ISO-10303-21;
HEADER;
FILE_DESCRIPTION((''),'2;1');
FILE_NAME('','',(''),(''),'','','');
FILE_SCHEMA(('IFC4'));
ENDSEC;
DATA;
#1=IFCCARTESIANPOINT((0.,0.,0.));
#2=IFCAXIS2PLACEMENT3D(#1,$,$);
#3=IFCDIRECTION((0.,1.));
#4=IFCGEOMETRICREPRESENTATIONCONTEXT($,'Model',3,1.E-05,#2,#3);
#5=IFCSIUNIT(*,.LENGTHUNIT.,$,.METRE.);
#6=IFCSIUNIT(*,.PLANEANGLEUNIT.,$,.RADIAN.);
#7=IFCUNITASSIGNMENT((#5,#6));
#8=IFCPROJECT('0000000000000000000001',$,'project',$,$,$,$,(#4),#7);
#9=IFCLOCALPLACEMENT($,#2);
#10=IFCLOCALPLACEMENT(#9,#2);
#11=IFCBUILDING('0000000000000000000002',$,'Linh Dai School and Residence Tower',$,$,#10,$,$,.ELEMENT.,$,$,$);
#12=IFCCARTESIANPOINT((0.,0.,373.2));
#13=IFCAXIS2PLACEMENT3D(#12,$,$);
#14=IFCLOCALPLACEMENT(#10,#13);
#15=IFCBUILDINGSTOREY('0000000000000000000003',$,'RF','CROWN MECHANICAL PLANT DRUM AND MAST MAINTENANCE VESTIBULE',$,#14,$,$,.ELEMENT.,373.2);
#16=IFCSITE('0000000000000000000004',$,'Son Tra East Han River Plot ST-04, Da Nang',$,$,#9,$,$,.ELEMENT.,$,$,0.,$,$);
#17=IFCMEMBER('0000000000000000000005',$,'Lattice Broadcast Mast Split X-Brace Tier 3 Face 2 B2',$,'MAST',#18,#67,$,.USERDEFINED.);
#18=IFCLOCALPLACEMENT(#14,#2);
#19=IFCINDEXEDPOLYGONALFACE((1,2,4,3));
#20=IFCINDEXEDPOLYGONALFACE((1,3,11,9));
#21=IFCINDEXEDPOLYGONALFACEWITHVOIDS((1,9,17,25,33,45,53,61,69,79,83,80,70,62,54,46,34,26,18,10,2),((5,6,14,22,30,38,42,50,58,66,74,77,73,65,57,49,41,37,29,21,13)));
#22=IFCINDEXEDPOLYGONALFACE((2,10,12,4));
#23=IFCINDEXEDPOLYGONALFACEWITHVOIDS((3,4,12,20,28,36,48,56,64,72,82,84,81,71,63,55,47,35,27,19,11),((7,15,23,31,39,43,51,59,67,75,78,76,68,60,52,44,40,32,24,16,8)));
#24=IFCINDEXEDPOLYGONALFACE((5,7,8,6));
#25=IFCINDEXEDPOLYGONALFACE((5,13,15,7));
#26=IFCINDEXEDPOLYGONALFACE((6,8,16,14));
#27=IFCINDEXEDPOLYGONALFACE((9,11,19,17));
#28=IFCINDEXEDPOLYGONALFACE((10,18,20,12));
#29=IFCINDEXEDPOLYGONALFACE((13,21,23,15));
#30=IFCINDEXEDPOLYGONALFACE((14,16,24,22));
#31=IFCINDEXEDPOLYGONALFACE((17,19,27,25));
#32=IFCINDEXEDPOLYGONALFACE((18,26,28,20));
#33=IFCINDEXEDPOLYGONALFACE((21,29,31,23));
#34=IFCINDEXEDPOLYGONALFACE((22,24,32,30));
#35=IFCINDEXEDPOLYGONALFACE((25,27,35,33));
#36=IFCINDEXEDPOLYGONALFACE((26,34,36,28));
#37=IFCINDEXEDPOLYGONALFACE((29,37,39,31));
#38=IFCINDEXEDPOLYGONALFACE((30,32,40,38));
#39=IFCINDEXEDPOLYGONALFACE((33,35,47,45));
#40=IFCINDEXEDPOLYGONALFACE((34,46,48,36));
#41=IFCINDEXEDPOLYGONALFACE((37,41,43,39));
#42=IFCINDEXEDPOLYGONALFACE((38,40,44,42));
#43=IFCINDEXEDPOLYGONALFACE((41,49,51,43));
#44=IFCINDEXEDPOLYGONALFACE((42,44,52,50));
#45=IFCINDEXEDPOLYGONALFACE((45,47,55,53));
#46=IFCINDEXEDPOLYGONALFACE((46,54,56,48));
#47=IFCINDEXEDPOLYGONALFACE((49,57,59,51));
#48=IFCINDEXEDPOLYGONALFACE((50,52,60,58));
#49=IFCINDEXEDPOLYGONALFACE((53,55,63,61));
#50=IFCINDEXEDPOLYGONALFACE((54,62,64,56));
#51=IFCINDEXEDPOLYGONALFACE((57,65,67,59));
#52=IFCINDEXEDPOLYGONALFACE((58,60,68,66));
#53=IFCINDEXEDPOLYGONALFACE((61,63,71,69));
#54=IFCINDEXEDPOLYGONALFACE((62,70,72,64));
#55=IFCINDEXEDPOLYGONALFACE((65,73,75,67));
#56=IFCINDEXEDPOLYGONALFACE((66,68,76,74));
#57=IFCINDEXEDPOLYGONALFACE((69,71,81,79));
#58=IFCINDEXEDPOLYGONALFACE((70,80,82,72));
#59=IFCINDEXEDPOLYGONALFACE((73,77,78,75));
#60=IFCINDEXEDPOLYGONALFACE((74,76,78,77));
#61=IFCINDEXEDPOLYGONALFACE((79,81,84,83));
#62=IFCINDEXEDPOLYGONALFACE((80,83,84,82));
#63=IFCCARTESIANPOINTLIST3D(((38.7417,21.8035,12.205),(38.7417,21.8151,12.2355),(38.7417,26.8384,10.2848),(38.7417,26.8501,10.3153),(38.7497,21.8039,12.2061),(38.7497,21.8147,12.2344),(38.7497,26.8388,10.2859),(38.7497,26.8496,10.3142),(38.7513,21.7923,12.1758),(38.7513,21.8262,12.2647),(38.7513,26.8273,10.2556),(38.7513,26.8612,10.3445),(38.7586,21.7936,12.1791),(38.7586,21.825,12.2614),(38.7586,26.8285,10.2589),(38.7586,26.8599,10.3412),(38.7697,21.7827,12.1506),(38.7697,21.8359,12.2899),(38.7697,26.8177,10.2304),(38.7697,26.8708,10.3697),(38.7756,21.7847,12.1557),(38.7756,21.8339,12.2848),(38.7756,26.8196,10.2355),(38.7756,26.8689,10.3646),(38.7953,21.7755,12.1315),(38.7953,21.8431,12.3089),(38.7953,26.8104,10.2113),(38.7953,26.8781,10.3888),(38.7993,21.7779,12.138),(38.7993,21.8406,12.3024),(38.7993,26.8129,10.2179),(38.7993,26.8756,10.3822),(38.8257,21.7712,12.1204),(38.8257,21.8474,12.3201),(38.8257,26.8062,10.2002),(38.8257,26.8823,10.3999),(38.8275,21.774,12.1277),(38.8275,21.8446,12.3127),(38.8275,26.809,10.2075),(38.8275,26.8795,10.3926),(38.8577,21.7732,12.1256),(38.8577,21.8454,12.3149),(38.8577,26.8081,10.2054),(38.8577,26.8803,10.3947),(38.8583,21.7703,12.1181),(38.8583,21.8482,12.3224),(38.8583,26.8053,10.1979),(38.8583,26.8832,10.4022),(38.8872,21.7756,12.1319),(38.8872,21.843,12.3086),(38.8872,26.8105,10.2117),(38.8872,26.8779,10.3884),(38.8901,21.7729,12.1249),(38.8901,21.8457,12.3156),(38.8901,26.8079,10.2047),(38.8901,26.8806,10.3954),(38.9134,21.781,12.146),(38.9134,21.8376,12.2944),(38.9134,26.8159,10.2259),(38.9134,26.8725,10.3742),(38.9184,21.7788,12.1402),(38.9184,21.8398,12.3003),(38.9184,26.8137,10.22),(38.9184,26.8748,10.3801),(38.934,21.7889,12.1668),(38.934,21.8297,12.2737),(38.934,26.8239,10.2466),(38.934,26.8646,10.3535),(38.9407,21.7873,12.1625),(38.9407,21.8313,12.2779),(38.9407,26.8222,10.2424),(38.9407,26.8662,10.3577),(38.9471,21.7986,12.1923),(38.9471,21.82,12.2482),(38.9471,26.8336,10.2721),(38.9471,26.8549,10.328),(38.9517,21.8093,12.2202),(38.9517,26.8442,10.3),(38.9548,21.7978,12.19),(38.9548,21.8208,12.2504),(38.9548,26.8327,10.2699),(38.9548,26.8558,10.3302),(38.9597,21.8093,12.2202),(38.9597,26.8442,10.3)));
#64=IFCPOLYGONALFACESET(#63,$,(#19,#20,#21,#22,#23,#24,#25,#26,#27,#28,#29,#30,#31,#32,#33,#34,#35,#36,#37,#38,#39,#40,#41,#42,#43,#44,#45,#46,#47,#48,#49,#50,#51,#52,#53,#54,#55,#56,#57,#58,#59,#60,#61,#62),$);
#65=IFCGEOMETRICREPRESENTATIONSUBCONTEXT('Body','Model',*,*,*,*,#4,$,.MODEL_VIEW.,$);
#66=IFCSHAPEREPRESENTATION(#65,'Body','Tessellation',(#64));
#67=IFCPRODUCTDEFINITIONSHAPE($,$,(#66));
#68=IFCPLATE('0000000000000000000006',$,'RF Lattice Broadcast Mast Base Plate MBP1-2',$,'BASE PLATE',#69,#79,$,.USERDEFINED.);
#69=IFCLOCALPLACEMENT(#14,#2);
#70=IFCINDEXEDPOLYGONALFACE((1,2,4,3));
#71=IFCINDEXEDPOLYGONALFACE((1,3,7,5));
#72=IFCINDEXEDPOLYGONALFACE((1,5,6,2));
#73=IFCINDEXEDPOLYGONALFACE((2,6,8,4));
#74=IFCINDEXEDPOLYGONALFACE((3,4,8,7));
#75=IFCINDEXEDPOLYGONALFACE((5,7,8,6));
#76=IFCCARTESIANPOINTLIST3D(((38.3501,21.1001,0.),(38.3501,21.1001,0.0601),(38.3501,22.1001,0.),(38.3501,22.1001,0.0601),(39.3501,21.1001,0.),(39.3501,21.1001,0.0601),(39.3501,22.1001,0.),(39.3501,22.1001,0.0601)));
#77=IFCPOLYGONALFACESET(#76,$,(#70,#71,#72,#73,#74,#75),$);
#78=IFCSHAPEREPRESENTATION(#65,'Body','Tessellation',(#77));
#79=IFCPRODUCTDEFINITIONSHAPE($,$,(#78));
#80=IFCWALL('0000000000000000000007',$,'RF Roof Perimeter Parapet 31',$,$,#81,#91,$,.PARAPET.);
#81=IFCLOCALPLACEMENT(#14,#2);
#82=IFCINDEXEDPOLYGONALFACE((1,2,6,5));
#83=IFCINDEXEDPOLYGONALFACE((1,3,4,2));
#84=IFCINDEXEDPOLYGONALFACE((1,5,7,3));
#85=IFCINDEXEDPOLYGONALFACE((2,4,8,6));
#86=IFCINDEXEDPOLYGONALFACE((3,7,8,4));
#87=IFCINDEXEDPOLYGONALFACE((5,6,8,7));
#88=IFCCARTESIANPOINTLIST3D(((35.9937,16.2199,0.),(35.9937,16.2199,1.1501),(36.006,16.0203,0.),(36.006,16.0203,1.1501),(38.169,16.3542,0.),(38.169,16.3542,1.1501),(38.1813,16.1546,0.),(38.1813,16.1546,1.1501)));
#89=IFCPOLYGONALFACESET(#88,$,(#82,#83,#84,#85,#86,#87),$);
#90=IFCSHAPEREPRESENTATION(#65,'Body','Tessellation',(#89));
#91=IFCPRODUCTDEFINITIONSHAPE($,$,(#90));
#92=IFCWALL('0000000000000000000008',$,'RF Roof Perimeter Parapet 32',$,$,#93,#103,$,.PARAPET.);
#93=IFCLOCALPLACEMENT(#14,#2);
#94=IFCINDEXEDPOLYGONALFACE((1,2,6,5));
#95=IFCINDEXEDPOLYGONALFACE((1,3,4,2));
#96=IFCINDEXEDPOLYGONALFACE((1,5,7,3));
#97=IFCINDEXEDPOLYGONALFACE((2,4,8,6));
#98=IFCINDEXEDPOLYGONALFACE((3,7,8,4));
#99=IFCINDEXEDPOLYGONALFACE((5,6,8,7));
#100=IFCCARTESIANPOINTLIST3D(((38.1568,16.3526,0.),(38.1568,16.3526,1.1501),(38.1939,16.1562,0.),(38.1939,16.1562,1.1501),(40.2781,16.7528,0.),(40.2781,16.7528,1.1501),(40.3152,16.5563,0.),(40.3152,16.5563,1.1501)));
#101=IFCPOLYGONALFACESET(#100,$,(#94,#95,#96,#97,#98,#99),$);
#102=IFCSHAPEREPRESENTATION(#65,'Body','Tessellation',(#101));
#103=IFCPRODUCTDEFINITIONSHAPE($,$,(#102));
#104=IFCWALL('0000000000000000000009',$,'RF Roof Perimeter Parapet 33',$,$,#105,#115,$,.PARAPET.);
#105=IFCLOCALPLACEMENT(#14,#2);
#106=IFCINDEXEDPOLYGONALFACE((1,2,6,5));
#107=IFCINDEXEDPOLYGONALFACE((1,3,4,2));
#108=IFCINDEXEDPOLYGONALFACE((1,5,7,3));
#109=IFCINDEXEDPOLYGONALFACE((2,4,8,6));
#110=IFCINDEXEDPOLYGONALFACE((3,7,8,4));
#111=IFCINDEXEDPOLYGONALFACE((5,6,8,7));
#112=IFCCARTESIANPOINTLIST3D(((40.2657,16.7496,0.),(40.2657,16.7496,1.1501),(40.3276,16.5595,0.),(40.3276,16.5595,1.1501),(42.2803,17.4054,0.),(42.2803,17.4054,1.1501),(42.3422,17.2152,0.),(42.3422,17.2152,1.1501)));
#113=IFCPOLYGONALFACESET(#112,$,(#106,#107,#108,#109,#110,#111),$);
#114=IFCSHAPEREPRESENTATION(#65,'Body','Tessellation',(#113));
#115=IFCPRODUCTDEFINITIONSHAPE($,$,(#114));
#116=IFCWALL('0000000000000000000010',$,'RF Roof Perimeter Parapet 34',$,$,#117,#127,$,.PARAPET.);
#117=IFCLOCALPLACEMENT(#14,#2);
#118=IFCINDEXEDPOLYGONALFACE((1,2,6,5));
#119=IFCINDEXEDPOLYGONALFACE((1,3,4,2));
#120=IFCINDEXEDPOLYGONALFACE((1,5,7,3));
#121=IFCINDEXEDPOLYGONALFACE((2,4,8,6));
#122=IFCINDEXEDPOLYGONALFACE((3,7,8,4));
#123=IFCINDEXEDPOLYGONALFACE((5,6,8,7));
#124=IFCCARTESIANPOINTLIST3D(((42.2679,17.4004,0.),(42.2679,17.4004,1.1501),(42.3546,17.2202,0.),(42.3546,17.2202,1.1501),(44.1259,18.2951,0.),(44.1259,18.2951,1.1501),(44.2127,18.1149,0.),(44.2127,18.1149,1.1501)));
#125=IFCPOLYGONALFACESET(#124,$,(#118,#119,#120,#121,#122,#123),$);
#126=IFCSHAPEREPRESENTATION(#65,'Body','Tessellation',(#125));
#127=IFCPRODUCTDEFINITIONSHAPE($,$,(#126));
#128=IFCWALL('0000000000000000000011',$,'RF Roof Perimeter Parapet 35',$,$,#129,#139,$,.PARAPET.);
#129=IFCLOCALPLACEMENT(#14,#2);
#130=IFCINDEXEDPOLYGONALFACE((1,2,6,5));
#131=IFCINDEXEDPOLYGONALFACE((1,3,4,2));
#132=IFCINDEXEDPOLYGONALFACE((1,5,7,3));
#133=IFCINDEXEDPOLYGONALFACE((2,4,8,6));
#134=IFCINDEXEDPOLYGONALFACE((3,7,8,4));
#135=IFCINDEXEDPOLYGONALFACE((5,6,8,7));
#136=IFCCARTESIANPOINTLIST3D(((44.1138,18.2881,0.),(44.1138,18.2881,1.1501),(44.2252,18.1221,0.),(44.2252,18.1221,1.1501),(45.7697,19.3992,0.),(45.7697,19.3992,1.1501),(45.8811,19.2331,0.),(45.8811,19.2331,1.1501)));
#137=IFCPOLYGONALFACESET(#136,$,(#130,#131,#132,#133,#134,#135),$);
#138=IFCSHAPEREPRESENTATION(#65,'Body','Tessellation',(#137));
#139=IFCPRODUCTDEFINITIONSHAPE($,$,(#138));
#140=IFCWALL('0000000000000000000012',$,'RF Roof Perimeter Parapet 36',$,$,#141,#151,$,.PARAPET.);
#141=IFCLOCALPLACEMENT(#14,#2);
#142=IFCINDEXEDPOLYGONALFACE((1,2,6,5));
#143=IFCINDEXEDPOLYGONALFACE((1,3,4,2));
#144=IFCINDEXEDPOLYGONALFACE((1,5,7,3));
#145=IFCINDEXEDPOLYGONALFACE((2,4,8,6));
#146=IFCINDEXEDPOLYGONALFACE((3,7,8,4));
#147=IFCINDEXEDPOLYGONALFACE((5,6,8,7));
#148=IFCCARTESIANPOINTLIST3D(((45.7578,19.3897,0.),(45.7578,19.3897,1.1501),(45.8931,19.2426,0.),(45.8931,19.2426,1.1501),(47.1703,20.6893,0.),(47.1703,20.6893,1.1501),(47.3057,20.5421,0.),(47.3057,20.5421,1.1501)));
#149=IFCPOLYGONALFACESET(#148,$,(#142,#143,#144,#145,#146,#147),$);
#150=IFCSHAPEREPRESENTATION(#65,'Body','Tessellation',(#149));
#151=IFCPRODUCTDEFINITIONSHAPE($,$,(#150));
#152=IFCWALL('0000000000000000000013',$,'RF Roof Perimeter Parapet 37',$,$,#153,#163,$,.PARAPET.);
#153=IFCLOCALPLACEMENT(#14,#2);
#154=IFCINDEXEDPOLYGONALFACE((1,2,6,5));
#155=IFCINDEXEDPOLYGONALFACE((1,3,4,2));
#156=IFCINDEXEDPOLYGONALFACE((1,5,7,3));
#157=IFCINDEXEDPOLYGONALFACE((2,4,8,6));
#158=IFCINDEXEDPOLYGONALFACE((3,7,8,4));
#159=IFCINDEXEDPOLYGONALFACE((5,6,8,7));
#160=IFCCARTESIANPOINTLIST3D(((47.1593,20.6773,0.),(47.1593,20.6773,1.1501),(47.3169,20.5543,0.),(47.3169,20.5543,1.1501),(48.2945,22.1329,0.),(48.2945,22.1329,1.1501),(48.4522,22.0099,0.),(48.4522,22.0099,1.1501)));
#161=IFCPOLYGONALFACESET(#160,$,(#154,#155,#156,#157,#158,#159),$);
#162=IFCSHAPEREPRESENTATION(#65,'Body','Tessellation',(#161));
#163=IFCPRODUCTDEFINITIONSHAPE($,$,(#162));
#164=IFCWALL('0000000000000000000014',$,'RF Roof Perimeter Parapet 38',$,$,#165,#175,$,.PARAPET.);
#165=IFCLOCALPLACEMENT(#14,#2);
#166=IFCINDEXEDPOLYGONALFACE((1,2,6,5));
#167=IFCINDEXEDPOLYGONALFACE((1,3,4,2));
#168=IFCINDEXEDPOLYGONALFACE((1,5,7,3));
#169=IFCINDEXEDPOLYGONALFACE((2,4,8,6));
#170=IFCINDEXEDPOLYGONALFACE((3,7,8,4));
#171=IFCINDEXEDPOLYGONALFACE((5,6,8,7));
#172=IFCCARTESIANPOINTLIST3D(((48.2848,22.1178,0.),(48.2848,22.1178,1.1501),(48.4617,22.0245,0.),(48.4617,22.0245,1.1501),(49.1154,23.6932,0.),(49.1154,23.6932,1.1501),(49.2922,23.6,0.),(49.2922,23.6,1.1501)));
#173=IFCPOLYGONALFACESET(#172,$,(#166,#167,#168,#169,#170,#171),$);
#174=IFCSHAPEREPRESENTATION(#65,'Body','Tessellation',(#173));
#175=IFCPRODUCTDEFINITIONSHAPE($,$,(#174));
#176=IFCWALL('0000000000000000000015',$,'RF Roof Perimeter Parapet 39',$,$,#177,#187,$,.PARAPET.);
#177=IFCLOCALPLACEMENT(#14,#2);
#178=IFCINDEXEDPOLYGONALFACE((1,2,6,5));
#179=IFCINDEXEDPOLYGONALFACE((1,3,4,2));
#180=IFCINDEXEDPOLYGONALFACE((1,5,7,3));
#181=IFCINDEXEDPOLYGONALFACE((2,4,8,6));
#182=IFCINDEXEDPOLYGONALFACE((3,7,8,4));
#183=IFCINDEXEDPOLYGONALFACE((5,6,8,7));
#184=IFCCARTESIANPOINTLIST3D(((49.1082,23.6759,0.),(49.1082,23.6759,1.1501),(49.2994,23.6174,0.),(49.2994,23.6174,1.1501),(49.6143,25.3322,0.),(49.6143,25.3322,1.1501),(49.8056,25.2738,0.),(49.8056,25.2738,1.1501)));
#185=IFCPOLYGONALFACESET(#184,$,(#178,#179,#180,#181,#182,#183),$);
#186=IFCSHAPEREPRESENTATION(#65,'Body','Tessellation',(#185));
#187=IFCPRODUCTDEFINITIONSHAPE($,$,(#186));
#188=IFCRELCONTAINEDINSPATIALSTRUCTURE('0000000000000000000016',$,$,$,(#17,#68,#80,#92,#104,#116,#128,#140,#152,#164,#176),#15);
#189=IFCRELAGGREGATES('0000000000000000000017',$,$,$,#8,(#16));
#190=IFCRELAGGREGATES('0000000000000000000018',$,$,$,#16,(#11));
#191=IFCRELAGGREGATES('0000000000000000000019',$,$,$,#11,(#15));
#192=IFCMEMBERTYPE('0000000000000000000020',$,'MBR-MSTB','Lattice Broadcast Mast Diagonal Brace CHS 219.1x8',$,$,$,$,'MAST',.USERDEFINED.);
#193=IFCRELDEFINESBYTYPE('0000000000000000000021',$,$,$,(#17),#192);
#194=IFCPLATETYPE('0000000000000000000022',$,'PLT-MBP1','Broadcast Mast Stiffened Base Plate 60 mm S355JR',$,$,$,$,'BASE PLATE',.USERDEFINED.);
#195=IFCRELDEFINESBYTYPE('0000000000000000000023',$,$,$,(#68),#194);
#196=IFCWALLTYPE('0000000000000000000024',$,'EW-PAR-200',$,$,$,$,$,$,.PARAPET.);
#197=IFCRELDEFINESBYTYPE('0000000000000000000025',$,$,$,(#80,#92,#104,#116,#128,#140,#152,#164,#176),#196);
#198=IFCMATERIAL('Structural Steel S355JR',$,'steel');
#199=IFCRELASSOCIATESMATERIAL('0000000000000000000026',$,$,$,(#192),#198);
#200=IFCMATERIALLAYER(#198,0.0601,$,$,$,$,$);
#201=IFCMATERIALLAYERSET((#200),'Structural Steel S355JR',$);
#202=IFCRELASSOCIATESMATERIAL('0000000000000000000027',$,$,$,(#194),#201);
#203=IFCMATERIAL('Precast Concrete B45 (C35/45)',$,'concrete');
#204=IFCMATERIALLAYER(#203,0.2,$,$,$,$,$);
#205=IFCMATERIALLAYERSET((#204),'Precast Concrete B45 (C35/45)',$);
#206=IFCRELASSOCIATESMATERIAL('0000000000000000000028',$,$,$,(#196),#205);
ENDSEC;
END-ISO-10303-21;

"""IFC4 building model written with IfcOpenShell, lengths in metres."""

from ifc_helpers import new_model, si_unit, direction, frame, frame_2d, origin, origin_2d, place, context, subcontext, project, spatial, rectangle, hollow_circle, extrude, source, transform, mapped, material, layer, layer_set, material_profile, profile_set, type_object, element, save


model = new_model("IFC4")

# Units and contexts
model_context = context("Model", 3, precision=1e-05, world=origin(), true_north=direction((0.0, 1.0)))
body_context = subcontext(model_context, "Body", "Model", "MODEL_VIEW")
ifc_project = project(units=[si_unit("LENGTHUNIT", "METRE"), si_unit("PLANEANGLEUNIT", "RADIAN")], contexts=[model_context])

# Site, building, storey
site_placement = place(None, origin())
site = spatial("IfcSite", under=ifc_project, at=site_placement, Name="Son Tra East Han River Plot ST-04, Da Nang", CompositionType="ELEMENT", RefElevation=0.0)
building_placement = place(site_placement, origin())
building = spatial("IfcBuilding", under=site, at=building_placement, Name="Linh Dai School and Residence Tower", CompositionType="ELEMENT")
storey_placement = place(building_placement, frame((0.0, 0.0, 373.2)))
storey = spatial("IfcBuildingStorey", under=building, at=storey_placement, Name="RF", Description="CROWN MECHANICAL PLANT DRUM AND MAST MAINTENANCE VESTIBULE", CompositionType="ELEMENT", Elevation=373.2)

# Shared definitions
ifc_material_1 = material(Name="Structural Steel S355JR", Category="steel")

# Member
ifc_material_profile_1 = material_profile(ifc_material_1, hollow_circle(Radius=0.1096, WallThickness=0.0081, at=origin_2d()), Name="CHS 219.1x8")
ifc_profile_set_1 = profile_set([ifc_material_profile_1], Name="Structural Steel S355JR")
member_type = type_object("IfcMemberType", Name="MBR-MSTB", Description="Lattice Broadcast Mast Diagonal Brace CHS 219.1x8", ElementType="MAST", PredefinedType="USERDEFINED", material=ifc_profile_set_1)
member_1_placement = place(storey_placement, frame((38.8501, 26.8442, 10.3), z_axis=(0.0, -0.934358, 0.356336), x_axis=(1.0, 0.0, 0.0)))
element("IfcMember", 1, at=member_1_placement, inside=storey, type_object=member_type, Name="Lattice Broadcast Mast Split X-Brace Tier 3 Face 2 B2", ObjectType="MAST", PredefinedType="USERDEFINED", context=body_context, shape_type="SweptSolid", body=[
    extrude(hollow_circle(Radius=0.1096, WallThickness=0.0081, at=origin_2d()), origin(), (0.0, 0.0, 1.0), 5.3887),
])

# Plate
ifc_layer_1 = layer(ifc_material_1, 0.0601)
ifc_layer_set_1 = layer_set([ifc_layer_1], Name="Structural Steel S355JR")
plate_type = type_object("IfcPlateType", Name="PLT-MBP1", Description="Broadcast Mast Stiffened Base Plate 60 mm S355JR", ElementType="BASE PLATE", PredefinedType="USERDEFINED", material=ifc_layer_set_1)
shared_shape_1 = source(origin(), body_context, "Body", "SweptSolid", [
    extrude(rectangle(XDim=1.0, YDim=1.0, at=origin_2d()), origin(), (0.0, 0.0, 1.0), 0.0601),
])
plate_placement = place(storey_placement, frame((38.8501, 21.6001, 0.0), z_axis=(0.0, 0.0, 1.0), x_axis=(1.0, 0.0, 0.0)))
element("IfcPlate", 2, at=plate_placement, inside=storey, type_object=plate_type, Name="RF Lattice Broadcast Mast Base Plate MBP1-2", ObjectType="BASE PLATE", PredefinedType="USERDEFINED", context=body_context, shape_type="MappedRepresentation", body=[
    mapped(shared_shape_1, transform((0.0, 0.0, 0.0), x_axis=(1.0, 0.0, 0.0), y_axis=(0.0, 1.0, 0.0), z_axis=(0.0, 0.0, 1.0), scale=1.0)),
])

# Walls
ifc_material_2 = material(Name="Precast Concrete B45 (C35/45)", Category="concrete")
ifc_layer_2 = layer(ifc_material_2, 0.2)
ifc_layer_set_2 = layer_set([ifc_layer_2], Name="Precast Concrete B45 (C35/45)")
wall_type_1 = type_object("IfcWallType", Name="EW-PAR-200", PredefinedType="PARAPET", material=ifc_layer_set_2)
wall_1_placement = place(storey_placement, frame((38.1753, 16.2544, 0.0), z_axis=(0.0, 0.0, 1.0), x_axis=(-0.9981, -0.061611, 0.0)))
element("IfcWall", 3, at=wall_1_placement, inside=storey, type_object=wall_type_1, Name="RF Roof Perimeter Parapet 31", PredefinedType="PARAPET", context=body_context, shape_type="SweptSolid", body=[
    extrude(rectangle(XDim=2.1794, YDim=0.2, at=frame_2d((1.0898, 0.0))), origin(), (0.0, 0.0, 1.0), 1.1501),
])
wall_2_placement = place(storey_placement, frame((40.2966, 16.6545, 0.0), z_axis=(0.0, 0.0, 1.0), x_axis=(-0.982671, -0.18536, 0.0)))
element("IfcWall", 4, at=wall_2_placement, inside=storey, type_object=wall_type_1, Name="RF Roof Perimeter Parapet 32", PredefinedType="PARAPET", context=body_context, shape_type="SweptSolid", body=[
    extrude(rectangle(XDim=2.1587, YDim=0.2, at=frame_2d((1.0793, 0.0))), origin(), (0.0, 0.0, 1.0), 1.1501),
])
wall_3_placement = place(storey_placement, frame((42.3113, 17.3103, 0.0), z_axis=(0.0, 0.0, 1.0), x_axis=(-0.950895, -0.309513, 0.0)))
element("IfcWall", 5, at=wall_3_placement, inside=storey, type_object=wall_type_1, Name="RF Roof Perimeter Parapet 33", PredefinedType="PARAPET", context=body_context, shape_type="SweptSolid", body=[
    extrude(rectangle(XDim=2.1187, YDim=0.2, at=frame_2d((1.0593, 0.0))), origin(), (0.0, 0.0, 1.0), 1.1501),
])
wall_4_placement = place(storey_placement, frame((44.1694, 18.2051, 0.0), z_axis=(0.0, 0.0, 1.0), x_axis=(-0.900981, -0.433858, 0.0)))
element("IfcWall", 6, at=wall_4_placement, inside=storey, type_object=wall_type_1, Name="RF Roof Perimeter Parapet 34", PredefinedType="PARAPET", context=body_context, shape_type="SweptSolid", body=[
    extrude(rectangle(XDim=2.0623, YDim=0.2, at=frame_2d((1.0312, 0.0))), origin(), (0.0, 0.0, 1.0), 1.1501),
])
wall_5_placement = place(storey_placement, frame((45.8254, 19.3162, 0.0), z_axis=(0.0, 0.0, 1.0), x_axis=(-0.830408, -0.557156, 0.0)))
element("IfcWall", 7, at=wall_5_placement, inside=storey, type_object=wall_type_1, Name="RF Roof Perimeter Parapet 35", PredefinedType="PARAPET", context=body_context, shape_type="SweptSolid", body=[
    extrude(rectangle(XDim=1.9941, YDim=0.2, at=frame_2d((0.9971, 0.0))), origin(), (0.0, 0.0, 1.0), 1.1501),
])
wall_6_placement = place(storey_placement, frame((47.238, 20.6157, 0.0), z_axis=(0.0, 0.0, 1.0), x_axis=(-0.735939, -0.677048, 0.0)))
element("IfcWall", 8, at=wall_6_placement, inside=storey, type_object=wall_type_1, Name="RF Roof Perimeter Parapet 36", PredefinedType="PARAPET", context=body_context, shape_type="SweptSolid", body=[
    extrude(rectangle(XDim=1.9194, YDim=0.2, at=frame_2d((0.9597, 0.0))), origin(), (0.0, 0.0, 1.0), 1.1501),
])
wall_7_placement = place(storey_placement, frame((48.3733, 22.0713, 0.0), z_axis=(0.0, 0.0, 1.0), x_axis=(-0.615002, -0.788525, 0.0)))
element("IfcWall", 9, at=wall_7_placement, inside=storey, type_object=wall_type_1, Name="RF Roof Perimeter Parapet 37", PredefinedType="PARAPET", context=body_context, shape_type="SweptSolid", body=[
    extrude(rectangle(XDim=1.8459, YDim=0.2, at=frame_2d((0.9229, 0.0))), origin(), (0.0, 0.0, 1.0), 1.1501),
])
wall_8_placement = place(storey_placement, frame((49.2039, 23.6467, 0.0), z_axis=(0.0, 0.0, 1.0), x_axis=(-0.466357, -0.884597, 0.0)))
element("IfcWall", 10, at=wall_8_placement, inside=storey, type_object=wall_type_1, Name="RF Roof Perimeter Parapet 38", PredefinedType="PARAPET", context=body_context, shape_type="SweptSolid", body=[
    extrude(rectangle(XDim=1.781, YDim=0.2, at=frame_2d((0.8906, 0.0))), origin(), (0.0, 0.0, 1.0), 1.1501),
])
wall_9_placement = place(storey_placement, frame((49.71, 25.303, 0.0), z_axis=(0.0, 0.0, 1.0), x_axis=(-0.292233, -0.956347, 0.0)))
element("IfcWall", 11, at=wall_9_placement, inside=storey, type_object=wall_type_1, Name="RF Roof Perimeter Parapet 39", PredefinedType="PARAPET", context=body_context, shape_type="SweptSolid", body=[
    extrude(rectangle(XDim=1.7319, YDim=0.2, at=frame_2d((0.866, 0.0))), origin(), (0.0, 0.0, 1.0), 1.1501),
])

save(model, "model.ifc")
